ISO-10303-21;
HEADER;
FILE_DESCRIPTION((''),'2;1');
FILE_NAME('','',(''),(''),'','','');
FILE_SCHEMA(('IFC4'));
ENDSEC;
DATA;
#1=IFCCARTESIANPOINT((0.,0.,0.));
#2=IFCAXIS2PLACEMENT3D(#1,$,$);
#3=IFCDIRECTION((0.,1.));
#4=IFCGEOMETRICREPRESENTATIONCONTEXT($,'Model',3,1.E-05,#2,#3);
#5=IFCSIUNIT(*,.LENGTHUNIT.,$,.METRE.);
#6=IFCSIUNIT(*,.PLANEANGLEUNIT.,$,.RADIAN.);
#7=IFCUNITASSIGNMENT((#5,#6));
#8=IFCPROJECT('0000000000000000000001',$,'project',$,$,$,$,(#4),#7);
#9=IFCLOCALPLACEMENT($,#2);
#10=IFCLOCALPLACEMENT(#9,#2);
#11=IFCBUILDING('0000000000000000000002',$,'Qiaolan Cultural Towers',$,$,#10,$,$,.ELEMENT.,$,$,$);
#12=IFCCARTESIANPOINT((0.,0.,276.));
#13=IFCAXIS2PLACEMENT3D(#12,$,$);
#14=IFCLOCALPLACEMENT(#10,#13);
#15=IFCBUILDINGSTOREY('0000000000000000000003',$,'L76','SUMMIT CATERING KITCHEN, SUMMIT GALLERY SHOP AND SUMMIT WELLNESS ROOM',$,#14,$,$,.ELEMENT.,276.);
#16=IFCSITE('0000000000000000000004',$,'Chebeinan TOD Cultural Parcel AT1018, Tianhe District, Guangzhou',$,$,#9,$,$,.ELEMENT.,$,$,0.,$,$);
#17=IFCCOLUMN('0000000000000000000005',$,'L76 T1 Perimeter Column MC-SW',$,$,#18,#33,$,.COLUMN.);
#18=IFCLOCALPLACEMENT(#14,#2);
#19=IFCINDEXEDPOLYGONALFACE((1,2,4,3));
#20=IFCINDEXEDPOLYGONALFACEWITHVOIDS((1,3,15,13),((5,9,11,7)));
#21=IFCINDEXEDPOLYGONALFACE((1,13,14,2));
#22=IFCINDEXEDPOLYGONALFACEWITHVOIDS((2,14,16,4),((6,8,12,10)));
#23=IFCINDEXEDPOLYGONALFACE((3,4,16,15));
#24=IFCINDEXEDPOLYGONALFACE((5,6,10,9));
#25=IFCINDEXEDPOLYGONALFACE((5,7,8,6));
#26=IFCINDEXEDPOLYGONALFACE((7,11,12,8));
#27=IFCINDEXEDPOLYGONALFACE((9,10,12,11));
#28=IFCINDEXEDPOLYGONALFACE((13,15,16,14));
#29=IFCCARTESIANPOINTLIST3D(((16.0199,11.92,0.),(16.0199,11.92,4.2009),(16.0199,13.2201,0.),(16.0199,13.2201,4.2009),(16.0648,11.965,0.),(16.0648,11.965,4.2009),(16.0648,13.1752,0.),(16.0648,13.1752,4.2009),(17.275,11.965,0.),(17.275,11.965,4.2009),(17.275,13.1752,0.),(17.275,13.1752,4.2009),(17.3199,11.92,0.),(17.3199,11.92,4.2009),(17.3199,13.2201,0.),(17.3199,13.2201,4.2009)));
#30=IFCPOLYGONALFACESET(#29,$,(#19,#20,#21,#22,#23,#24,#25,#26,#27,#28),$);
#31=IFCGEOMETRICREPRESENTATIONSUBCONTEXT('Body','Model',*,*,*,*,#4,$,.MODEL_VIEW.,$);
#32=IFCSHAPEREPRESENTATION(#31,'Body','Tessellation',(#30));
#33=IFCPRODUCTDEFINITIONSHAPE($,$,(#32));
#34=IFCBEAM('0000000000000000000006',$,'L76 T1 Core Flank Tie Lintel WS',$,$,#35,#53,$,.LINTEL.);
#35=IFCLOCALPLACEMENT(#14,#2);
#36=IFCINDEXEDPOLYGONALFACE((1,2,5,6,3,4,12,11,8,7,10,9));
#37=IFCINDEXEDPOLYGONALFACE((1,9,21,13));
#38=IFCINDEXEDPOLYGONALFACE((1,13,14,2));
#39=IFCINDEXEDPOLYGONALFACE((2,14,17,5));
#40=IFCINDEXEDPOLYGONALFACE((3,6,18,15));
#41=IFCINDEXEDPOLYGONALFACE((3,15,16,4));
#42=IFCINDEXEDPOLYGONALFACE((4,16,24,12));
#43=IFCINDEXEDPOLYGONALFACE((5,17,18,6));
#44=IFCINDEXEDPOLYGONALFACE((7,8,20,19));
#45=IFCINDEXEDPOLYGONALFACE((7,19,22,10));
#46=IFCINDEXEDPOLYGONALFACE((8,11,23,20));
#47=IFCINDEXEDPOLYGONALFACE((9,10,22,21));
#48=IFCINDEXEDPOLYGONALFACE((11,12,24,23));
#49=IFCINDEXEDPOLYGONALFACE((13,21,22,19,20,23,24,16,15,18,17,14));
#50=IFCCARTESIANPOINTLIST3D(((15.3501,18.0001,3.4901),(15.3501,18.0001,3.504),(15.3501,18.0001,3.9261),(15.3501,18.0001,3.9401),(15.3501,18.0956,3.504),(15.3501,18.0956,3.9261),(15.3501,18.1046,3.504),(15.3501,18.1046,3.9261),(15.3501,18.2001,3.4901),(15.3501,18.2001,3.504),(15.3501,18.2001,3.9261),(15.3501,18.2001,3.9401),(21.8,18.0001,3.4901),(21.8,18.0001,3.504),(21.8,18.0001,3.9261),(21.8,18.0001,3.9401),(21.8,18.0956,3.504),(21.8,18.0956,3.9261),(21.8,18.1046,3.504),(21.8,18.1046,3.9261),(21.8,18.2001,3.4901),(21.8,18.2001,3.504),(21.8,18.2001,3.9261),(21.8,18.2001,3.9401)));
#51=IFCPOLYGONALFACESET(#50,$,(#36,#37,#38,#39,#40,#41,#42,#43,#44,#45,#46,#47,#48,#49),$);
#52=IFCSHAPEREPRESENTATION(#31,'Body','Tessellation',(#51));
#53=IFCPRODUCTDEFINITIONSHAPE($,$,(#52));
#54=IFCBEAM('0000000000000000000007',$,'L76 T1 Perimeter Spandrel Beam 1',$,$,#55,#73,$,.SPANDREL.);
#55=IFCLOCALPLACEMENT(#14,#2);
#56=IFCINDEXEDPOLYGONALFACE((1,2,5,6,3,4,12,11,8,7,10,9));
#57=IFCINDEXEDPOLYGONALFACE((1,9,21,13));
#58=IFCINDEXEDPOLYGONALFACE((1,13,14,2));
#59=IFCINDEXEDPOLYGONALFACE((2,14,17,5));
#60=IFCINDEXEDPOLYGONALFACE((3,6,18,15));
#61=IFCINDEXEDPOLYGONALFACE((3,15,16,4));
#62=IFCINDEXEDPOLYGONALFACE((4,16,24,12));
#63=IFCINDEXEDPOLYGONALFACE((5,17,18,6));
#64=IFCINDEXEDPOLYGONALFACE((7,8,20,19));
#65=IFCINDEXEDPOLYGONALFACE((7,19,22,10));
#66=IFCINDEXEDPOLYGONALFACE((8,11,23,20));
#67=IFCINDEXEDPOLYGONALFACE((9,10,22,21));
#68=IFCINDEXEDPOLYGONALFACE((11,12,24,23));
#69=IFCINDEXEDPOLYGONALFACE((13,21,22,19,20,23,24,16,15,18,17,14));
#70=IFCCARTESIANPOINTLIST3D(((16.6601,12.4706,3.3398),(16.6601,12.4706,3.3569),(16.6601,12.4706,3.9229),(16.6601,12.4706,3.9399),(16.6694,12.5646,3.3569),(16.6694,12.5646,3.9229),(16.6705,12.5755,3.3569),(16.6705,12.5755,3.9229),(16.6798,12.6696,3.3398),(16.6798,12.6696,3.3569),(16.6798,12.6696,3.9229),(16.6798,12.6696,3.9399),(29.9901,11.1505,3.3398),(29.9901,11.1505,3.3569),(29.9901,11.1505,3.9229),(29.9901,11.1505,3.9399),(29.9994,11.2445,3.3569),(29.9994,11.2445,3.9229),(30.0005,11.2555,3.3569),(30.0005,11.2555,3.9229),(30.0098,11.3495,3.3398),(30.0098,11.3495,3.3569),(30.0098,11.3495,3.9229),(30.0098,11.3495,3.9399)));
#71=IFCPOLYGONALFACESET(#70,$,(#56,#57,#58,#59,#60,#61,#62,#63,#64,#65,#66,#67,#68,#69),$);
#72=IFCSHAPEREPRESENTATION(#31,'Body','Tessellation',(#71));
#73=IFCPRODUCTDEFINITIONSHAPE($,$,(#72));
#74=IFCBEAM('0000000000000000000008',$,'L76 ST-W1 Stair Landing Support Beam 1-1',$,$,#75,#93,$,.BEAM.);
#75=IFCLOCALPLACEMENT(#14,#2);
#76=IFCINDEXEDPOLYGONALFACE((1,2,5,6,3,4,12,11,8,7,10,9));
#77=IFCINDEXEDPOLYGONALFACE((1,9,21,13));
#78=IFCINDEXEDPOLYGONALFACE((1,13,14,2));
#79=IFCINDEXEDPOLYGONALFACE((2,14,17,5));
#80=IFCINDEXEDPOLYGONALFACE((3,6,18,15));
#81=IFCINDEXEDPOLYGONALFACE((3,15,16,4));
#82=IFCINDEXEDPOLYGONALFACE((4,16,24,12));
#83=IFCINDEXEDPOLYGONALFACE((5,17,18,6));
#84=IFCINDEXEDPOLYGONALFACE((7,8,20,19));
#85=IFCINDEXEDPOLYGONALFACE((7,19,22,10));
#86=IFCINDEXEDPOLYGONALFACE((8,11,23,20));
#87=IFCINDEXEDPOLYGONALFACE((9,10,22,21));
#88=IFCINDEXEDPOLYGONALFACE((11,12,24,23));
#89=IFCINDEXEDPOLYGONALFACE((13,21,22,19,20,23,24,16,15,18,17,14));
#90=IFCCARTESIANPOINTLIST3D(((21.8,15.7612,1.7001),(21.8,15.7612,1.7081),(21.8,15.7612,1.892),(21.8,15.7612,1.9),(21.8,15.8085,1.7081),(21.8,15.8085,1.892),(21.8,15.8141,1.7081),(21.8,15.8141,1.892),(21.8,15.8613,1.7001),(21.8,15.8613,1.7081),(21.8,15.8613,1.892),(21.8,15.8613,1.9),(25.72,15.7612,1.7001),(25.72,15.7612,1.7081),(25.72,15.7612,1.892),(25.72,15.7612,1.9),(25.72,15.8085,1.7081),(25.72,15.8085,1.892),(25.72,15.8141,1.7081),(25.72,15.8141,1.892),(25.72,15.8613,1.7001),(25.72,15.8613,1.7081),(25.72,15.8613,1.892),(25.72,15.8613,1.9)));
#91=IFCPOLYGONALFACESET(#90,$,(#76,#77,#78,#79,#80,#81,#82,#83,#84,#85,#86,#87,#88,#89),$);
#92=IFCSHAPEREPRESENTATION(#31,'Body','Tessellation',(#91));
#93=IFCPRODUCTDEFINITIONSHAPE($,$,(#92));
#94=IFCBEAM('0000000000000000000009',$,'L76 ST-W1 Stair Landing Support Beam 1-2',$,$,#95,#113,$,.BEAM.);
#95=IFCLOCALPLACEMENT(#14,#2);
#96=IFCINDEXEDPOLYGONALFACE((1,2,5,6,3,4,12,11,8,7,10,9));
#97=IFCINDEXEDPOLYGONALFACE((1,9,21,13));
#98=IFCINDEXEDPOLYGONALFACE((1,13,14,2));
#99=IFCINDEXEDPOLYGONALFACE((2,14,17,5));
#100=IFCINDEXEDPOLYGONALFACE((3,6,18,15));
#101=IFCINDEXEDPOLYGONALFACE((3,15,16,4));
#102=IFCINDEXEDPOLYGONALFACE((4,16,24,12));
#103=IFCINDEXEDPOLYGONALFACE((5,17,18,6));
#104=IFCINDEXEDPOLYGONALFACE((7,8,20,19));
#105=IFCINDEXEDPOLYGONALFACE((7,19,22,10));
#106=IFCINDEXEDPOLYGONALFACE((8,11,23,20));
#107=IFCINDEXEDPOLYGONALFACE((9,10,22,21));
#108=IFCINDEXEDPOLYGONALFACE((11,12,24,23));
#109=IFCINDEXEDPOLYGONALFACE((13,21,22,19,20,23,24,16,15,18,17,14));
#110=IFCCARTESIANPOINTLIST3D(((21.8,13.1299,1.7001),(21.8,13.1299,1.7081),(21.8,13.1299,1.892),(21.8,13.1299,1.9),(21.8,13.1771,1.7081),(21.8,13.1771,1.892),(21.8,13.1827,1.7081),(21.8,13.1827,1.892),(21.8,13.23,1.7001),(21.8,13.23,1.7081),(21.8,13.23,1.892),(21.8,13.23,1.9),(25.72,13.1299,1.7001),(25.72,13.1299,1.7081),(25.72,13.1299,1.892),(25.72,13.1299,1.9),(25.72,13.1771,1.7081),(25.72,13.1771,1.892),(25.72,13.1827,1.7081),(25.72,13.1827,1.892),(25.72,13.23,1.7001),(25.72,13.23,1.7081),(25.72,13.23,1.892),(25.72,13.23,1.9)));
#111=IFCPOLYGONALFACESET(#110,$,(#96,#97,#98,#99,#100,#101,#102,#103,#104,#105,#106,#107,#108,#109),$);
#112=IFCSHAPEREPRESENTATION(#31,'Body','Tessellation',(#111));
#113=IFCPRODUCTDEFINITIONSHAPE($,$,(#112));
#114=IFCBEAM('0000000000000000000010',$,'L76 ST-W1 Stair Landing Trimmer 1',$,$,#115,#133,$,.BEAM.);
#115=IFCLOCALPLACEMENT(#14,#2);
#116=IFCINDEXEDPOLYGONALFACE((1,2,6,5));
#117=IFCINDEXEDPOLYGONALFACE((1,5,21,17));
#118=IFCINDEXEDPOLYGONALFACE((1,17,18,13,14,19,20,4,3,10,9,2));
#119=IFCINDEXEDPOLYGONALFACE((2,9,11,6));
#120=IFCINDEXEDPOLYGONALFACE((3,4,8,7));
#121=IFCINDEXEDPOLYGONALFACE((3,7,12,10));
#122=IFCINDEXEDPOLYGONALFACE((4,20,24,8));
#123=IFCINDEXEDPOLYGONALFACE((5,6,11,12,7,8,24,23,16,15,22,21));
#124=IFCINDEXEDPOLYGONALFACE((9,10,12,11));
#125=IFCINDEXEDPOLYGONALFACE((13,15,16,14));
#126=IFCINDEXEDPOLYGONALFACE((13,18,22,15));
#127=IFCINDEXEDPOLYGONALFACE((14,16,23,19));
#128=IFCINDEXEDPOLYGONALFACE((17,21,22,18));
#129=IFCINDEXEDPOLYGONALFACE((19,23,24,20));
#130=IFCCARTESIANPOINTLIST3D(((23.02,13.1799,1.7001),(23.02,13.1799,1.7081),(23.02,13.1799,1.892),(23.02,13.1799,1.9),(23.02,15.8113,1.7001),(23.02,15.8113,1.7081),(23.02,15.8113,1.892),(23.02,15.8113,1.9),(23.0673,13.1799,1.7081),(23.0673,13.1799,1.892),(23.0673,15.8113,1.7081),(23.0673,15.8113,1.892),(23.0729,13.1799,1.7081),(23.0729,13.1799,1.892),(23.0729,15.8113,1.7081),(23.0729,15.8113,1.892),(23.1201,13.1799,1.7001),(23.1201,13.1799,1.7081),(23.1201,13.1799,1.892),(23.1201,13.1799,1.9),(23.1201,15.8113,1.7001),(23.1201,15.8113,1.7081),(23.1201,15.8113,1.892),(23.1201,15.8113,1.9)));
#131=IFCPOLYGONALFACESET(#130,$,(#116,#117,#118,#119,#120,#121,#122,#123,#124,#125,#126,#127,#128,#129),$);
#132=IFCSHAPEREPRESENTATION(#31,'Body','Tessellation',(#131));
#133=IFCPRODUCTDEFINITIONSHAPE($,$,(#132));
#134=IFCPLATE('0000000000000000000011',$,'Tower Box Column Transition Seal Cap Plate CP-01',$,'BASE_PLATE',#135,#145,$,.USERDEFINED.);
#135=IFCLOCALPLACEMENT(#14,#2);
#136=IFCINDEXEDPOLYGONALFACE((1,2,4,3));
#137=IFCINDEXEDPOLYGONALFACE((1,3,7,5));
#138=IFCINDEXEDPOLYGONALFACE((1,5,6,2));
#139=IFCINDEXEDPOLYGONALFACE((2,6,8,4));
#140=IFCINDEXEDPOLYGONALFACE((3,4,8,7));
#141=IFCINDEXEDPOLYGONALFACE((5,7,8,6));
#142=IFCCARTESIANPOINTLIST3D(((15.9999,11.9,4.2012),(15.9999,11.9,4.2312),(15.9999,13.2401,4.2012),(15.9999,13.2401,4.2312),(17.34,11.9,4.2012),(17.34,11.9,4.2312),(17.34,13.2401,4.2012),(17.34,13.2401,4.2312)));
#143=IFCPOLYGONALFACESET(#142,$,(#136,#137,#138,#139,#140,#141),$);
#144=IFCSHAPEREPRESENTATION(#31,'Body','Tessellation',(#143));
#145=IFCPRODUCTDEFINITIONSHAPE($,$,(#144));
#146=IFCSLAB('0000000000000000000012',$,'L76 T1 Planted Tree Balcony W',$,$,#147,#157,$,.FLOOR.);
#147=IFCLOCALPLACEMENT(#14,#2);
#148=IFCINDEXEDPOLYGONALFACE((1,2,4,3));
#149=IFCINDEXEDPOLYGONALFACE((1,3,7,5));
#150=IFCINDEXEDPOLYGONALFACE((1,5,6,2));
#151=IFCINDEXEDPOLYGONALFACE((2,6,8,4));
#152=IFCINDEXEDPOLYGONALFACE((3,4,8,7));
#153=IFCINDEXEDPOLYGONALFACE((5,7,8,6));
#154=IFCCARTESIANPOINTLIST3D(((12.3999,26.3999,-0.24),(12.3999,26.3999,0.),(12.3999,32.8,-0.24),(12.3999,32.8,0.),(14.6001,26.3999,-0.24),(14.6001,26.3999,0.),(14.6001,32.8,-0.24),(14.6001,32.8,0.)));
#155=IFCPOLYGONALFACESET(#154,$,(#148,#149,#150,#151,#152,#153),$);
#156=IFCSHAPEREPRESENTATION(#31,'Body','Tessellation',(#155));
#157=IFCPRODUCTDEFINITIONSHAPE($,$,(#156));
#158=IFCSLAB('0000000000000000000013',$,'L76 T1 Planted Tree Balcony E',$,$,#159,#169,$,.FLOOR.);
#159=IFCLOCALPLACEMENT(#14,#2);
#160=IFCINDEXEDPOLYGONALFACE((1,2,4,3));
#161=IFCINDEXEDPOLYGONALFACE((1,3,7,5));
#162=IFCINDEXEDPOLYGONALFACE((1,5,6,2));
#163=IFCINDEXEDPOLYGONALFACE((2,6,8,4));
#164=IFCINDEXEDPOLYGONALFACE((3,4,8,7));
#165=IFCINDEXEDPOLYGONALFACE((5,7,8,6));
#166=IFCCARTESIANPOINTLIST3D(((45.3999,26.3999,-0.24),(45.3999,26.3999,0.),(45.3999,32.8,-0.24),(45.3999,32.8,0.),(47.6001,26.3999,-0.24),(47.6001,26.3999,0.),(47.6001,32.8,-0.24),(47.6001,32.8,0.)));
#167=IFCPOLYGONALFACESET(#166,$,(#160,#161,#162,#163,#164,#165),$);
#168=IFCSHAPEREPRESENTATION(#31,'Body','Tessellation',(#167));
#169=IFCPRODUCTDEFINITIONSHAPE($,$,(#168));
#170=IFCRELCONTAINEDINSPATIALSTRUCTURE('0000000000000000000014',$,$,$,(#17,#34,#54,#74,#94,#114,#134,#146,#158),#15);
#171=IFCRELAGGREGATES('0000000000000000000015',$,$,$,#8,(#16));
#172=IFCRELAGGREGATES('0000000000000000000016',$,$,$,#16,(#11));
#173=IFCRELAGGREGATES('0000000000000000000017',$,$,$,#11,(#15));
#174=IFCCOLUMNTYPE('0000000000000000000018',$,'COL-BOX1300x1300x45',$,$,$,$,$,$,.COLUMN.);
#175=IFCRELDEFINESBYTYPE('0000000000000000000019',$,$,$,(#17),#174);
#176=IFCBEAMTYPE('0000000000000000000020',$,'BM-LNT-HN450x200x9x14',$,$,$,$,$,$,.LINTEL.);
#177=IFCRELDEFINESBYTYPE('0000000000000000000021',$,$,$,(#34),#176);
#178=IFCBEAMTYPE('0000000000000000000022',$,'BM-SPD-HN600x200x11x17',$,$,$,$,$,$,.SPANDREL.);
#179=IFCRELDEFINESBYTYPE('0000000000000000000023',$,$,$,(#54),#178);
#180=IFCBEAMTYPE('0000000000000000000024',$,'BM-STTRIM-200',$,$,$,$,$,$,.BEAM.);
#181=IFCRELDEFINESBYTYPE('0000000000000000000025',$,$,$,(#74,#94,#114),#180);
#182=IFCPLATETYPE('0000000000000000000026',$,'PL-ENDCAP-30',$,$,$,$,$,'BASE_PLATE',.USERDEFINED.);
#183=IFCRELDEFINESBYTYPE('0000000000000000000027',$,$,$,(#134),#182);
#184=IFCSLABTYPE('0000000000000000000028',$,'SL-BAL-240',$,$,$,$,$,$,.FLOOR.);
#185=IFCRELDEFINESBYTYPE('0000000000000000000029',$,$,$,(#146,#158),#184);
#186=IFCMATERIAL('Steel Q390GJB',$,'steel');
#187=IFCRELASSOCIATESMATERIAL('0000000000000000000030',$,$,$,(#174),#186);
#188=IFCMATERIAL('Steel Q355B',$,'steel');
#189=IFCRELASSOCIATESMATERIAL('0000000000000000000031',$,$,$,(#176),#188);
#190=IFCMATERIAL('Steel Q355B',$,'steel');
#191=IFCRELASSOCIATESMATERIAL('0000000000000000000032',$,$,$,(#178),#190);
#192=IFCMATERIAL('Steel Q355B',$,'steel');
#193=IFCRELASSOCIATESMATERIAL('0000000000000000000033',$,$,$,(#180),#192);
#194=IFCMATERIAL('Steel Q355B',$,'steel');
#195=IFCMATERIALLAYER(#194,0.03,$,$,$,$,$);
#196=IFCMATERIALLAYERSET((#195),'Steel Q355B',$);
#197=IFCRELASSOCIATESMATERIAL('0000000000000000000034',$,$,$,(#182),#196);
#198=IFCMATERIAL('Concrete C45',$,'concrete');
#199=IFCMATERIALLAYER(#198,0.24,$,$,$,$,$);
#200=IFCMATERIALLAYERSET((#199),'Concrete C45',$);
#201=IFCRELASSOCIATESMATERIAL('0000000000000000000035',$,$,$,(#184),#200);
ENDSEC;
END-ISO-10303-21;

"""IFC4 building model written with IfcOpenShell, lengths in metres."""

from ifc_helpers import new_model, si_unit, direction, frame, origin, origin_2d, place, context, subcontext, project, spatial, polyline, rectangle, hollow_rectangle, i_section, outline, extrude, material, layer, layer_set, material_profile, profile_set, type_object, element, save


model = new_model("IFC4")

# Units and contexts
model_context = context("Model", 3, precision=1e-05, world=origin(), true_north=direction((0.0, 1.0)))
body_context = subcontext(model_context, "Body", "Model", "MODEL_VIEW")
ifc_project = project(units=[si_unit("LENGTHUNIT", "METRE"), si_unit("PLANEANGLEUNIT", "RADIAN")], contexts=[model_context])

# Site, building, storey
site_placement = place(None, origin())
site = spatial("IfcSite", under=ifc_project, at=site_placement, Name="Chebeinan TOD Cultural Parcel AT1018, Tianhe District, Guangzhou", CompositionType="ELEMENT", RefElevation=0.0)
building_placement = place(site_placement, origin())
building = spatial("IfcBuilding", under=site, at=building_placement, Name="Qiaolan Cultural Towers", CompositionType="ELEMENT")
storey_placement = place(building_placement, frame((0.0, 0.0, 276.0)))
storey = spatial("IfcBuildingStorey", under=building, at=storey_placement, Name="L76", Description="SUMMIT CATERING KITCHEN, SUMMIT GALLERY SHOP AND SUMMIT WELLNESS ROOM", CompositionType="ELEMENT", Elevation=276.0)

# Column
ifc_material_1 = material(Name="Steel Q390GJB", Category="steel")
ifc_material_profile_1 = material_profile(ifc_material_1, hollow_rectangle(XDim=1.3, YDim=1.3, WallThickness=0.0449, at=origin_2d()), Name="BOX1300x1300x45")
ifc_profile_set_1 = profile_set([ifc_material_profile_1], Name="Steel Q390GJB")
column_type = type_object("IfcColumnType", Name="COL-BOX1300x1300x45", PredefinedType="COLUMN", material=ifc_profile_set_1)
column_placement = place(storey_placement, frame((16.6699, 12.5701, 0.0), z_axis=(0.0, 0.0, 1.0), x_axis=(1.0, 0.0, 0.0)))
element("IfcColumn", 1, at=column_placement, inside=storey, type_object=column_type, Name="L76 T1 Perimeter Column MC-SW", PredefinedType="COLUMN", context=body_context, shape_type="SweptSolid", body=[
    extrude(hollow_rectangle(XDim=1.3, YDim=1.3, WallThickness=0.0449, at=origin_2d()), origin(), (0.0, 0.0, 1.0), 4.2009),
])

# Beams
ifc_material_2 = material(Name="Steel Q355B", Category="steel")
ifc_material_profile_2 = material_profile(ifc_material_2, i_section(OverallWidth=0.2, OverallDepth=0.45, WebThickness=0.009, FlangeThickness=0.0139, at=origin_2d()), Name="HN450x200x9x14")
ifc_profile_set_2 = profile_set([ifc_material_profile_2], Name="Steel Q355B")
beam_type_1 = type_object("IfcBeamType", Name="BM-LNT-HN450x200x9x14", PredefinedType="LINTEL", material=ifc_profile_set_2)
beam_1_placement = place(storey_placement, frame((21.8, 18.1001, 3.7151), z_axis=(-1.0, 0.0, 0.0), x_axis=(0.0, -1.0, 0.0)))
element("IfcBeam", 2, at=beam_1_placement, inside=storey, type_object=beam_type_1, Name="L76 T1 Core Flank Tie Lintel WS", PredefinedType="LINTEL", context=body_context, shape_type="SweptSolid", body=[
    extrude(i_section(OverallWidth=0.2, OverallDepth=0.45, WebThickness=0.009, FlangeThickness=0.0139, at=origin_2d()), origin(), (0.0, 0.0, 1.0), 6.45),
])
ifc_material_3 = material(Name="Steel Q355B", Category="steel")
ifc_material_profile_3 = material_profile(ifc_material_3, i_section(OverallWidth=0.2, OverallDepth=0.6001, WebThickness=0.011, FlangeThickness=0.0171, at=origin_2d()), Name="HN600x200x11x17")
ifc_profile_set_3 = profile_set([ifc_material_profile_3], Name="Steel Q355B")
beam_type_2 = type_object("IfcBeamType", Name="BM-SPD-HN600x200x11x17", PredefinedType="SPANDREL", material=ifc_profile_set_3)
beam_2_placement = place(storey_placement, frame((16.6699, 12.5701, 3.6399), z_axis=(0.995132, -0.098547, 0.0), x_axis=(0.098547, 0.995132, 0.0)))
element("IfcBeam", 3, at=beam_2_placement, inside=storey, type_object=beam_type_2, Name="L76 T1 Perimeter Spandrel Beam 1", PredefinedType="SPANDREL", context=body_context, shape_type="SweptSolid", body=[
    extrude(i_section(OverallWidth=0.2, OverallDepth=0.6001, WebThickness=0.011, FlangeThickness=0.0171, at=origin_2d()), origin(), (0.0, 0.0, 1.0), 13.3953),
])
ifc_material_4 = material(Name="Steel Q355B", Category="steel")
ifc_material_profile_4 = material_profile(ifc_material_4, i_section(OverallWidth=0.1001, OverallDepth=0.2, WebThickness=0.0056, FlangeThickness=0.0081, at=origin_2d()), Name="HN200x100x5.5x8")
ifc_profile_set_4 = profile_set([ifc_material_profile_4], Name="Steel Q355B")
beam_type_3 = type_object("IfcBeamType", Name="BM-STTRIM-200", PredefinedType="BEAM", material=ifc_profile_set_4)
for number, where, z_axis, x_axis, name in (
    (4, (21.8, 15.8113, 1.8), (1.0, 0.0, 0.0), (0.0, 1.0, 0.0), "L76 ST-W1 Stair Landing Support Beam 1-1"),
    (5, (21.8, 13.1799, 1.8), (1.0, 0.0, 0.0), (0.0, 1.0, 0.0), "L76 ST-W1 Stair Landing Support Beam 1-2"),
):
    element("IfcBeam", number, at=place(storey_placement, frame(where, z_axis=z_axis, x_axis=x_axis)), inside=storey, type_object=beam_type_3, Name=name, PredefinedType="BEAM", context=body_context, shape_type="SweptSolid", body=[
        extrude(i_section(OverallWidth=0.1001, OverallDepth=0.2, WebThickness=0.0056, FlangeThickness=0.0081, at=origin_2d()), origin(), (0.0, 0.0, 1.0), 3.9199),
    ])
beam_3_placement = place(storey_placement, frame((23.0701, 15.8113, 1.8), z_axis=(0.0, -1.0, 0.0), x_axis=(1.0, 0.0, 0.0)))
element("IfcBeam", 6, at=beam_3_placement, inside=storey, type_object=beam_type_3, Name="L76 ST-W1 Stair Landing Trimmer 1", PredefinedType="BEAM", context=body_context, shape_type="SweptSolid", body=[
    extrude(i_section(OverallWidth=0.1001, OverallDepth=0.2, WebThickness=0.0056, FlangeThickness=0.0081, at=origin_2d()), origin(), (0.0, 0.0, 1.0), 2.6313),
])

# Plate
ifc_material_5 = material(Name="Steel Q355B", Category="steel")
ifc_layer_1 = layer(ifc_material_5, 0.03)
ifc_layer_set_1 = layer_set([ifc_layer_1], Name="Steel Q355B")
plate_type = type_object("IfcPlateType", Name="PL-ENDCAP-30", ElementType="BASE_PLATE", PredefinedType="USERDEFINED", material=ifc_layer_set_1)
plate_placement = place(storey_placement, frame((16.6699, 12.5701, 4.2012), z_axis=(0.0, 0.0, 1.0), x_axis=(1.0, 0.0, 0.0)))
element("IfcPlate", 7, at=plate_placement, inside=storey, type_object=plate_type, Name="Tower Box Column Transition Seal Cap Plate CP-01", ObjectType="BASE_PLATE", PredefinedType="USERDEFINED", context=body_context, shape_type="SweptSolid", body=[
    extrude(rectangle(XDim=1.3401, YDim=1.3401, at=origin_2d()), origin(), (0.0, 0.0, 1.0), 0.03),
])

# Slabs
ifc_material_6 = material(Name="Concrete C45", Category="concrete")
ifc_layer_2 = layer(ifc_material_6, 0.24)
ifc_layer_set_2 = layer_set([ifc_layer_2], Name="Concrete C45")
slab_type_1 = type_object("IfcSlabType", Name="SL-BAL-240", PredefinedType="FLOOR", material=ifc_layer_set_2)
slab_1_placement = place(storey_placement, frame((0.0, 0.0, -0.24)))
element("IfcSlab", 8, at=slab_1_placement, inside=storey, type_object=slab_type_1, Name="L76 T1 Planted Tree Balcony W", PredefinedType="FLOOR", context=body_context, shape_type="SweptSolid", body=[
    extrude(outline(polyline([(12.3999, 26.3999), (14.6001, 26.3999), (14.6001, 32.8), (12.3999, 32.8), (12.3999, 26.3999)])), origin(), (0.0, 0.0, 1.0), 0.24),
])
slab_2_placement = place(storey_placement, frame((0.0, 0.0, -0.24)))
element("IfcSlab", 9, at=slab_2_placement, inside=storey, type_object=slab_type_1, Name="L76 T1 Planted Tree Balcony E", PredefinedType="FLOOR", context=body_context, shape_type="SweptSolid", body=[
    extrude(outline(polyline([(45.3999, 26.3999), (47.6001, 26.3999), (47.6001, 32.8), (45.3999, 32.8), (45.3999, 26.3999)])), origin(), (0.0, 0.0, 1.0), 0.24),
])

save(model, "model.ifc")
